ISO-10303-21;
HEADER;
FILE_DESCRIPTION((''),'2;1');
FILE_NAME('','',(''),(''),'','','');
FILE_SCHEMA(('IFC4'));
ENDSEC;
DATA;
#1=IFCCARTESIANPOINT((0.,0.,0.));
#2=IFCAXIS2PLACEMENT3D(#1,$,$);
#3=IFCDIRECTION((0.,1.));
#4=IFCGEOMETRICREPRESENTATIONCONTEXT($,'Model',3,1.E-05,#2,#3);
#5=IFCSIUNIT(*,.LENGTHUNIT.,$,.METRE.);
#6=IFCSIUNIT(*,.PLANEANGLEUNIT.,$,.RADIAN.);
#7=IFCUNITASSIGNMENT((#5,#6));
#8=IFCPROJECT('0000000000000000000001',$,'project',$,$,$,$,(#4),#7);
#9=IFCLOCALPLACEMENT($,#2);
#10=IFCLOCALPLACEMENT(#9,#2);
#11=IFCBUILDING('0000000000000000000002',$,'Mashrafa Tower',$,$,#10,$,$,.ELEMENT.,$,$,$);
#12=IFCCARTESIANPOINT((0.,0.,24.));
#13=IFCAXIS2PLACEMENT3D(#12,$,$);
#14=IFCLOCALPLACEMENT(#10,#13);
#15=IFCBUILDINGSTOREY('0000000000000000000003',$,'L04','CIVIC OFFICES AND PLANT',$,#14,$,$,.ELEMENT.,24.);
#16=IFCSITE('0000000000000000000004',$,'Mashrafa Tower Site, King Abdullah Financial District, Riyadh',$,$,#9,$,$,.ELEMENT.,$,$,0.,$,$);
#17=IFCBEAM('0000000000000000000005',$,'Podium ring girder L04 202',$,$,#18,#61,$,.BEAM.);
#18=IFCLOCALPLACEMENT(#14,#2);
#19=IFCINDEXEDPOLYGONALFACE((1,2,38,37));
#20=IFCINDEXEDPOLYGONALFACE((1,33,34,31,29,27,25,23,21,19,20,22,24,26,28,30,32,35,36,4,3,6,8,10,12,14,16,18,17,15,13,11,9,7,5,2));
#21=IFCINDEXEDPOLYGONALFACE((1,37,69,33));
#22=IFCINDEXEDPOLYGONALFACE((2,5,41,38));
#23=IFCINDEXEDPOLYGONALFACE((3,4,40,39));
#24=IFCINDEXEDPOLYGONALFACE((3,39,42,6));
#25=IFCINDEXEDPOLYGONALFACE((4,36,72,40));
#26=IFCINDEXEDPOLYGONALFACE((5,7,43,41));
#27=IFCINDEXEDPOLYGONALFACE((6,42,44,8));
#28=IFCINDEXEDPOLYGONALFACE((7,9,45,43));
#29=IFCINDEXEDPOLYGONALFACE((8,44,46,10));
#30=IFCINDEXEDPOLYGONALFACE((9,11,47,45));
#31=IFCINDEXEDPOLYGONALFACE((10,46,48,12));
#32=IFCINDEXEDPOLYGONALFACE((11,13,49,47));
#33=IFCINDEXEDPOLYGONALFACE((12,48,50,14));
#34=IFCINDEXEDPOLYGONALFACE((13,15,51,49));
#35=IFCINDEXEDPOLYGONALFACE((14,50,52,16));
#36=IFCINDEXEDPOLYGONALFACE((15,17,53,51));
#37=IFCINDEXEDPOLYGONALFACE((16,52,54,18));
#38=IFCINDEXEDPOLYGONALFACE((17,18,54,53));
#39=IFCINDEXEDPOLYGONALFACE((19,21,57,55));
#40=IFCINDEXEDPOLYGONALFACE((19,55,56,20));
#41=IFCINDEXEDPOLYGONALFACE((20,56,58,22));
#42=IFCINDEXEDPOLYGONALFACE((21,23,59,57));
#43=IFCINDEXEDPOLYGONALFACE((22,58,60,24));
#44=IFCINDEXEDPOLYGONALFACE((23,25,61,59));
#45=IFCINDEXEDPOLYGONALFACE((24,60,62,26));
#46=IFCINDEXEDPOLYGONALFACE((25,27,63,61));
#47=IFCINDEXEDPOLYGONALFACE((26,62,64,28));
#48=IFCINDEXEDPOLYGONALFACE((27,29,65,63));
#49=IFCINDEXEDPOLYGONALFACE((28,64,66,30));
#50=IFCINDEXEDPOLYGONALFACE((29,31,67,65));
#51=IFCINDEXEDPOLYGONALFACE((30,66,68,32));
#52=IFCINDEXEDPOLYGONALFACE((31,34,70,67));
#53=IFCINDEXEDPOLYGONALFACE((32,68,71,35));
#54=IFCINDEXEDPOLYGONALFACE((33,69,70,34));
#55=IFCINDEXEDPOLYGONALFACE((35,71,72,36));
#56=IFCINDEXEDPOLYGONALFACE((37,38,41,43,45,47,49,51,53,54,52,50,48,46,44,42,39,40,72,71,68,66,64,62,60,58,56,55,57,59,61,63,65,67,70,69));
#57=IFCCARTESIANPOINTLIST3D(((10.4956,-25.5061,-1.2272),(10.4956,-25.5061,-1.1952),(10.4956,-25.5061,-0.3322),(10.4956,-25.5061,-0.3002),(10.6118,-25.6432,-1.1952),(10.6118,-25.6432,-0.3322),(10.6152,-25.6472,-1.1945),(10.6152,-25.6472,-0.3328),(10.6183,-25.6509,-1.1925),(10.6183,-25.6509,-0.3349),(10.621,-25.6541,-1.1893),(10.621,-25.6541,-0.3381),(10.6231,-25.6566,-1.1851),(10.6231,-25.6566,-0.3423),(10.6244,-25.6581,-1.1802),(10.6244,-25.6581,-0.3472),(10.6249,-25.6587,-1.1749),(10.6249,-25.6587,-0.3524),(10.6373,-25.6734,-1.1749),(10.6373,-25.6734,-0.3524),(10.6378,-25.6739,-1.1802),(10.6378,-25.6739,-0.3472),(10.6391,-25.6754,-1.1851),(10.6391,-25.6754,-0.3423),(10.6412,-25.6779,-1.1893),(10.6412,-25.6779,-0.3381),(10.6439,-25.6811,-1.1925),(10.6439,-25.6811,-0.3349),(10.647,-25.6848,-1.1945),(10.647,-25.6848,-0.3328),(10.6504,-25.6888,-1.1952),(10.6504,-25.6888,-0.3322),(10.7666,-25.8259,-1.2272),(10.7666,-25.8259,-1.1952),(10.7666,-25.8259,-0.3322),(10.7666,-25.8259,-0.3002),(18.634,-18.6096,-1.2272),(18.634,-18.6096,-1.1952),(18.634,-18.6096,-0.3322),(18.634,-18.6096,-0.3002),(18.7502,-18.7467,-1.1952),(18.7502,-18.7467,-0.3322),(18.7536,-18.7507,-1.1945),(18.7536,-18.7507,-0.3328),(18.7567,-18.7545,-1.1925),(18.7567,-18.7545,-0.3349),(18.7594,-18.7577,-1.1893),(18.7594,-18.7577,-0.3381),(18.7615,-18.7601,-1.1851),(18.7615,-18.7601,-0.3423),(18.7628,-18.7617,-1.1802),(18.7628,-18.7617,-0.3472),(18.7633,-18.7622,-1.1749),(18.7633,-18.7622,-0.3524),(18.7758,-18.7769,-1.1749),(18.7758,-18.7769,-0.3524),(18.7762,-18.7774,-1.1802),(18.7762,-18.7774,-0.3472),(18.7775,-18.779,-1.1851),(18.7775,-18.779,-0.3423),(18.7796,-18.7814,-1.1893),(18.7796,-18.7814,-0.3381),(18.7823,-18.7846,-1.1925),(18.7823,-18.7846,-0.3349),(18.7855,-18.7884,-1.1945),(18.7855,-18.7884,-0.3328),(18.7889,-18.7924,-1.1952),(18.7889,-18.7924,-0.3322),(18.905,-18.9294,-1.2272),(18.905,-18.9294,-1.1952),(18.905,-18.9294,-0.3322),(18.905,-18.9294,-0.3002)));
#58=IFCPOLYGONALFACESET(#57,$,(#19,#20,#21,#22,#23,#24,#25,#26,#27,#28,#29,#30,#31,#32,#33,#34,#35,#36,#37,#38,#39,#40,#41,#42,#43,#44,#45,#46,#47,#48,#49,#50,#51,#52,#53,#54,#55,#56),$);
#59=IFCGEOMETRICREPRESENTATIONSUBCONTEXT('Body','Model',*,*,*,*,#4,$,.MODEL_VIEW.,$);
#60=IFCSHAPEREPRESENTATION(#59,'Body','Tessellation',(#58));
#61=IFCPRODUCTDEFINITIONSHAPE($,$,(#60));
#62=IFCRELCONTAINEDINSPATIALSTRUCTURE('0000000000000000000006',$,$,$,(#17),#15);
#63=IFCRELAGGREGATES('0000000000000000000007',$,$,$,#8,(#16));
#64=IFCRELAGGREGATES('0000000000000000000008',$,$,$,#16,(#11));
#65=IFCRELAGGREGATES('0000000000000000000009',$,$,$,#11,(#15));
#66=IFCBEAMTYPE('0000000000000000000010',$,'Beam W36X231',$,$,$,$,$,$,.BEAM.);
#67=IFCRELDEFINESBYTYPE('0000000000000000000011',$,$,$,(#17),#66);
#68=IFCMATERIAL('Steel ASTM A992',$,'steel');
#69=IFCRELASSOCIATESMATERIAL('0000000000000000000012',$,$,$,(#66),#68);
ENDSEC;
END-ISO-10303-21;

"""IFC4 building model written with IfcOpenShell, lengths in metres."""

from ifc_helpers import new_model, si_unit, direction, frame, origin, origin_2d, place, context, subcontext, project, spatial, i_section, extrude, material, material_profile, profile_set, type_object, element, save


model = new_model("IFC4")

# Units and contexts
model_context = context("Model", 3, precision=1e-05, world=origin(), true_north=direction((0.0, 1.0)))
body_context = subcontext(model_context, "Body", "Model", "MODEL_VIEW")
ifc_project = project(units=[si_unit("LENGTHUNIT", "METRE"), si_unit("PLANEANGLEUNIT", "RADIAN")], contexts=[model_context])

# Site, building, storey
site_placement = place(None, origin())
site = spatial("IfcSite", under=ifc_project, at=site_placement, Name="Mashrafa Tower Site, King Abdullah Financial District, Riyadh", CompositionType="ELEMENT", RefElevation=0.0)
building_placement = place(site_placement, origin())
building = spatial("IfcBuilding", under=site, at=building_placement, Name="Mashrafa Tower", CompositionType="ELEMENT")
storey_placement = place(building_placement, frame((0.0, 0.0, 24.0)))
storey = spatial("IfcBuildingStorey", under=building, at=storey_placement, Name="L04", Description="CIVIC OFFICES AND PLANT", CompositionType="ELEMENT", Elevation=24.0)

# Beam
ifc_material_1 = material(Name="Steel ASTM A992", Category="steel")
ifc_material_profile_1 = material_profile(ifc_material_1, i_section(OverallWidth=0.4192, OverallDepth=0.927, WebThickness=0.0193, FlangeThickness=0.032, FilletRadius=0.0203, at=origin_2d()), Name="W36X231")
ifc_profile_set_1 = profile_set([ifc_material_profile_1], Name="Steel ASTM A992")
beam_type_1 = type_object("IfcBeamType", Name="Beam W36X231", PredefinedType="BEAM", material=ifc_profile_set_1)
beam_1_placement = place(storey_placement, frame((10.6311, -25.666, -0.7637), z_axis=(0.762918, 0.646495, 0.0), x_axis=(-0.646495, 0.762918, 0.0)))
element("IfcBeam", 1, at=beam_1_placement, inside=storey, type_object=beam_type_1, Name="Podium ring girder L04 202", PredefinedType="BEAM", context=body_context, shape_type="SweptSolid", body=[
    extrude(i_section(OverallWidth=0.4192, OverallDepth=0.927, WebThickness=0.0193, FlangeThickness=0.032, FilletRadius=0.0203, at=origin_2d()), origin(), (0.0, 0.0, 1.0), 10.6675),
])

save(model, "model.ifc")
